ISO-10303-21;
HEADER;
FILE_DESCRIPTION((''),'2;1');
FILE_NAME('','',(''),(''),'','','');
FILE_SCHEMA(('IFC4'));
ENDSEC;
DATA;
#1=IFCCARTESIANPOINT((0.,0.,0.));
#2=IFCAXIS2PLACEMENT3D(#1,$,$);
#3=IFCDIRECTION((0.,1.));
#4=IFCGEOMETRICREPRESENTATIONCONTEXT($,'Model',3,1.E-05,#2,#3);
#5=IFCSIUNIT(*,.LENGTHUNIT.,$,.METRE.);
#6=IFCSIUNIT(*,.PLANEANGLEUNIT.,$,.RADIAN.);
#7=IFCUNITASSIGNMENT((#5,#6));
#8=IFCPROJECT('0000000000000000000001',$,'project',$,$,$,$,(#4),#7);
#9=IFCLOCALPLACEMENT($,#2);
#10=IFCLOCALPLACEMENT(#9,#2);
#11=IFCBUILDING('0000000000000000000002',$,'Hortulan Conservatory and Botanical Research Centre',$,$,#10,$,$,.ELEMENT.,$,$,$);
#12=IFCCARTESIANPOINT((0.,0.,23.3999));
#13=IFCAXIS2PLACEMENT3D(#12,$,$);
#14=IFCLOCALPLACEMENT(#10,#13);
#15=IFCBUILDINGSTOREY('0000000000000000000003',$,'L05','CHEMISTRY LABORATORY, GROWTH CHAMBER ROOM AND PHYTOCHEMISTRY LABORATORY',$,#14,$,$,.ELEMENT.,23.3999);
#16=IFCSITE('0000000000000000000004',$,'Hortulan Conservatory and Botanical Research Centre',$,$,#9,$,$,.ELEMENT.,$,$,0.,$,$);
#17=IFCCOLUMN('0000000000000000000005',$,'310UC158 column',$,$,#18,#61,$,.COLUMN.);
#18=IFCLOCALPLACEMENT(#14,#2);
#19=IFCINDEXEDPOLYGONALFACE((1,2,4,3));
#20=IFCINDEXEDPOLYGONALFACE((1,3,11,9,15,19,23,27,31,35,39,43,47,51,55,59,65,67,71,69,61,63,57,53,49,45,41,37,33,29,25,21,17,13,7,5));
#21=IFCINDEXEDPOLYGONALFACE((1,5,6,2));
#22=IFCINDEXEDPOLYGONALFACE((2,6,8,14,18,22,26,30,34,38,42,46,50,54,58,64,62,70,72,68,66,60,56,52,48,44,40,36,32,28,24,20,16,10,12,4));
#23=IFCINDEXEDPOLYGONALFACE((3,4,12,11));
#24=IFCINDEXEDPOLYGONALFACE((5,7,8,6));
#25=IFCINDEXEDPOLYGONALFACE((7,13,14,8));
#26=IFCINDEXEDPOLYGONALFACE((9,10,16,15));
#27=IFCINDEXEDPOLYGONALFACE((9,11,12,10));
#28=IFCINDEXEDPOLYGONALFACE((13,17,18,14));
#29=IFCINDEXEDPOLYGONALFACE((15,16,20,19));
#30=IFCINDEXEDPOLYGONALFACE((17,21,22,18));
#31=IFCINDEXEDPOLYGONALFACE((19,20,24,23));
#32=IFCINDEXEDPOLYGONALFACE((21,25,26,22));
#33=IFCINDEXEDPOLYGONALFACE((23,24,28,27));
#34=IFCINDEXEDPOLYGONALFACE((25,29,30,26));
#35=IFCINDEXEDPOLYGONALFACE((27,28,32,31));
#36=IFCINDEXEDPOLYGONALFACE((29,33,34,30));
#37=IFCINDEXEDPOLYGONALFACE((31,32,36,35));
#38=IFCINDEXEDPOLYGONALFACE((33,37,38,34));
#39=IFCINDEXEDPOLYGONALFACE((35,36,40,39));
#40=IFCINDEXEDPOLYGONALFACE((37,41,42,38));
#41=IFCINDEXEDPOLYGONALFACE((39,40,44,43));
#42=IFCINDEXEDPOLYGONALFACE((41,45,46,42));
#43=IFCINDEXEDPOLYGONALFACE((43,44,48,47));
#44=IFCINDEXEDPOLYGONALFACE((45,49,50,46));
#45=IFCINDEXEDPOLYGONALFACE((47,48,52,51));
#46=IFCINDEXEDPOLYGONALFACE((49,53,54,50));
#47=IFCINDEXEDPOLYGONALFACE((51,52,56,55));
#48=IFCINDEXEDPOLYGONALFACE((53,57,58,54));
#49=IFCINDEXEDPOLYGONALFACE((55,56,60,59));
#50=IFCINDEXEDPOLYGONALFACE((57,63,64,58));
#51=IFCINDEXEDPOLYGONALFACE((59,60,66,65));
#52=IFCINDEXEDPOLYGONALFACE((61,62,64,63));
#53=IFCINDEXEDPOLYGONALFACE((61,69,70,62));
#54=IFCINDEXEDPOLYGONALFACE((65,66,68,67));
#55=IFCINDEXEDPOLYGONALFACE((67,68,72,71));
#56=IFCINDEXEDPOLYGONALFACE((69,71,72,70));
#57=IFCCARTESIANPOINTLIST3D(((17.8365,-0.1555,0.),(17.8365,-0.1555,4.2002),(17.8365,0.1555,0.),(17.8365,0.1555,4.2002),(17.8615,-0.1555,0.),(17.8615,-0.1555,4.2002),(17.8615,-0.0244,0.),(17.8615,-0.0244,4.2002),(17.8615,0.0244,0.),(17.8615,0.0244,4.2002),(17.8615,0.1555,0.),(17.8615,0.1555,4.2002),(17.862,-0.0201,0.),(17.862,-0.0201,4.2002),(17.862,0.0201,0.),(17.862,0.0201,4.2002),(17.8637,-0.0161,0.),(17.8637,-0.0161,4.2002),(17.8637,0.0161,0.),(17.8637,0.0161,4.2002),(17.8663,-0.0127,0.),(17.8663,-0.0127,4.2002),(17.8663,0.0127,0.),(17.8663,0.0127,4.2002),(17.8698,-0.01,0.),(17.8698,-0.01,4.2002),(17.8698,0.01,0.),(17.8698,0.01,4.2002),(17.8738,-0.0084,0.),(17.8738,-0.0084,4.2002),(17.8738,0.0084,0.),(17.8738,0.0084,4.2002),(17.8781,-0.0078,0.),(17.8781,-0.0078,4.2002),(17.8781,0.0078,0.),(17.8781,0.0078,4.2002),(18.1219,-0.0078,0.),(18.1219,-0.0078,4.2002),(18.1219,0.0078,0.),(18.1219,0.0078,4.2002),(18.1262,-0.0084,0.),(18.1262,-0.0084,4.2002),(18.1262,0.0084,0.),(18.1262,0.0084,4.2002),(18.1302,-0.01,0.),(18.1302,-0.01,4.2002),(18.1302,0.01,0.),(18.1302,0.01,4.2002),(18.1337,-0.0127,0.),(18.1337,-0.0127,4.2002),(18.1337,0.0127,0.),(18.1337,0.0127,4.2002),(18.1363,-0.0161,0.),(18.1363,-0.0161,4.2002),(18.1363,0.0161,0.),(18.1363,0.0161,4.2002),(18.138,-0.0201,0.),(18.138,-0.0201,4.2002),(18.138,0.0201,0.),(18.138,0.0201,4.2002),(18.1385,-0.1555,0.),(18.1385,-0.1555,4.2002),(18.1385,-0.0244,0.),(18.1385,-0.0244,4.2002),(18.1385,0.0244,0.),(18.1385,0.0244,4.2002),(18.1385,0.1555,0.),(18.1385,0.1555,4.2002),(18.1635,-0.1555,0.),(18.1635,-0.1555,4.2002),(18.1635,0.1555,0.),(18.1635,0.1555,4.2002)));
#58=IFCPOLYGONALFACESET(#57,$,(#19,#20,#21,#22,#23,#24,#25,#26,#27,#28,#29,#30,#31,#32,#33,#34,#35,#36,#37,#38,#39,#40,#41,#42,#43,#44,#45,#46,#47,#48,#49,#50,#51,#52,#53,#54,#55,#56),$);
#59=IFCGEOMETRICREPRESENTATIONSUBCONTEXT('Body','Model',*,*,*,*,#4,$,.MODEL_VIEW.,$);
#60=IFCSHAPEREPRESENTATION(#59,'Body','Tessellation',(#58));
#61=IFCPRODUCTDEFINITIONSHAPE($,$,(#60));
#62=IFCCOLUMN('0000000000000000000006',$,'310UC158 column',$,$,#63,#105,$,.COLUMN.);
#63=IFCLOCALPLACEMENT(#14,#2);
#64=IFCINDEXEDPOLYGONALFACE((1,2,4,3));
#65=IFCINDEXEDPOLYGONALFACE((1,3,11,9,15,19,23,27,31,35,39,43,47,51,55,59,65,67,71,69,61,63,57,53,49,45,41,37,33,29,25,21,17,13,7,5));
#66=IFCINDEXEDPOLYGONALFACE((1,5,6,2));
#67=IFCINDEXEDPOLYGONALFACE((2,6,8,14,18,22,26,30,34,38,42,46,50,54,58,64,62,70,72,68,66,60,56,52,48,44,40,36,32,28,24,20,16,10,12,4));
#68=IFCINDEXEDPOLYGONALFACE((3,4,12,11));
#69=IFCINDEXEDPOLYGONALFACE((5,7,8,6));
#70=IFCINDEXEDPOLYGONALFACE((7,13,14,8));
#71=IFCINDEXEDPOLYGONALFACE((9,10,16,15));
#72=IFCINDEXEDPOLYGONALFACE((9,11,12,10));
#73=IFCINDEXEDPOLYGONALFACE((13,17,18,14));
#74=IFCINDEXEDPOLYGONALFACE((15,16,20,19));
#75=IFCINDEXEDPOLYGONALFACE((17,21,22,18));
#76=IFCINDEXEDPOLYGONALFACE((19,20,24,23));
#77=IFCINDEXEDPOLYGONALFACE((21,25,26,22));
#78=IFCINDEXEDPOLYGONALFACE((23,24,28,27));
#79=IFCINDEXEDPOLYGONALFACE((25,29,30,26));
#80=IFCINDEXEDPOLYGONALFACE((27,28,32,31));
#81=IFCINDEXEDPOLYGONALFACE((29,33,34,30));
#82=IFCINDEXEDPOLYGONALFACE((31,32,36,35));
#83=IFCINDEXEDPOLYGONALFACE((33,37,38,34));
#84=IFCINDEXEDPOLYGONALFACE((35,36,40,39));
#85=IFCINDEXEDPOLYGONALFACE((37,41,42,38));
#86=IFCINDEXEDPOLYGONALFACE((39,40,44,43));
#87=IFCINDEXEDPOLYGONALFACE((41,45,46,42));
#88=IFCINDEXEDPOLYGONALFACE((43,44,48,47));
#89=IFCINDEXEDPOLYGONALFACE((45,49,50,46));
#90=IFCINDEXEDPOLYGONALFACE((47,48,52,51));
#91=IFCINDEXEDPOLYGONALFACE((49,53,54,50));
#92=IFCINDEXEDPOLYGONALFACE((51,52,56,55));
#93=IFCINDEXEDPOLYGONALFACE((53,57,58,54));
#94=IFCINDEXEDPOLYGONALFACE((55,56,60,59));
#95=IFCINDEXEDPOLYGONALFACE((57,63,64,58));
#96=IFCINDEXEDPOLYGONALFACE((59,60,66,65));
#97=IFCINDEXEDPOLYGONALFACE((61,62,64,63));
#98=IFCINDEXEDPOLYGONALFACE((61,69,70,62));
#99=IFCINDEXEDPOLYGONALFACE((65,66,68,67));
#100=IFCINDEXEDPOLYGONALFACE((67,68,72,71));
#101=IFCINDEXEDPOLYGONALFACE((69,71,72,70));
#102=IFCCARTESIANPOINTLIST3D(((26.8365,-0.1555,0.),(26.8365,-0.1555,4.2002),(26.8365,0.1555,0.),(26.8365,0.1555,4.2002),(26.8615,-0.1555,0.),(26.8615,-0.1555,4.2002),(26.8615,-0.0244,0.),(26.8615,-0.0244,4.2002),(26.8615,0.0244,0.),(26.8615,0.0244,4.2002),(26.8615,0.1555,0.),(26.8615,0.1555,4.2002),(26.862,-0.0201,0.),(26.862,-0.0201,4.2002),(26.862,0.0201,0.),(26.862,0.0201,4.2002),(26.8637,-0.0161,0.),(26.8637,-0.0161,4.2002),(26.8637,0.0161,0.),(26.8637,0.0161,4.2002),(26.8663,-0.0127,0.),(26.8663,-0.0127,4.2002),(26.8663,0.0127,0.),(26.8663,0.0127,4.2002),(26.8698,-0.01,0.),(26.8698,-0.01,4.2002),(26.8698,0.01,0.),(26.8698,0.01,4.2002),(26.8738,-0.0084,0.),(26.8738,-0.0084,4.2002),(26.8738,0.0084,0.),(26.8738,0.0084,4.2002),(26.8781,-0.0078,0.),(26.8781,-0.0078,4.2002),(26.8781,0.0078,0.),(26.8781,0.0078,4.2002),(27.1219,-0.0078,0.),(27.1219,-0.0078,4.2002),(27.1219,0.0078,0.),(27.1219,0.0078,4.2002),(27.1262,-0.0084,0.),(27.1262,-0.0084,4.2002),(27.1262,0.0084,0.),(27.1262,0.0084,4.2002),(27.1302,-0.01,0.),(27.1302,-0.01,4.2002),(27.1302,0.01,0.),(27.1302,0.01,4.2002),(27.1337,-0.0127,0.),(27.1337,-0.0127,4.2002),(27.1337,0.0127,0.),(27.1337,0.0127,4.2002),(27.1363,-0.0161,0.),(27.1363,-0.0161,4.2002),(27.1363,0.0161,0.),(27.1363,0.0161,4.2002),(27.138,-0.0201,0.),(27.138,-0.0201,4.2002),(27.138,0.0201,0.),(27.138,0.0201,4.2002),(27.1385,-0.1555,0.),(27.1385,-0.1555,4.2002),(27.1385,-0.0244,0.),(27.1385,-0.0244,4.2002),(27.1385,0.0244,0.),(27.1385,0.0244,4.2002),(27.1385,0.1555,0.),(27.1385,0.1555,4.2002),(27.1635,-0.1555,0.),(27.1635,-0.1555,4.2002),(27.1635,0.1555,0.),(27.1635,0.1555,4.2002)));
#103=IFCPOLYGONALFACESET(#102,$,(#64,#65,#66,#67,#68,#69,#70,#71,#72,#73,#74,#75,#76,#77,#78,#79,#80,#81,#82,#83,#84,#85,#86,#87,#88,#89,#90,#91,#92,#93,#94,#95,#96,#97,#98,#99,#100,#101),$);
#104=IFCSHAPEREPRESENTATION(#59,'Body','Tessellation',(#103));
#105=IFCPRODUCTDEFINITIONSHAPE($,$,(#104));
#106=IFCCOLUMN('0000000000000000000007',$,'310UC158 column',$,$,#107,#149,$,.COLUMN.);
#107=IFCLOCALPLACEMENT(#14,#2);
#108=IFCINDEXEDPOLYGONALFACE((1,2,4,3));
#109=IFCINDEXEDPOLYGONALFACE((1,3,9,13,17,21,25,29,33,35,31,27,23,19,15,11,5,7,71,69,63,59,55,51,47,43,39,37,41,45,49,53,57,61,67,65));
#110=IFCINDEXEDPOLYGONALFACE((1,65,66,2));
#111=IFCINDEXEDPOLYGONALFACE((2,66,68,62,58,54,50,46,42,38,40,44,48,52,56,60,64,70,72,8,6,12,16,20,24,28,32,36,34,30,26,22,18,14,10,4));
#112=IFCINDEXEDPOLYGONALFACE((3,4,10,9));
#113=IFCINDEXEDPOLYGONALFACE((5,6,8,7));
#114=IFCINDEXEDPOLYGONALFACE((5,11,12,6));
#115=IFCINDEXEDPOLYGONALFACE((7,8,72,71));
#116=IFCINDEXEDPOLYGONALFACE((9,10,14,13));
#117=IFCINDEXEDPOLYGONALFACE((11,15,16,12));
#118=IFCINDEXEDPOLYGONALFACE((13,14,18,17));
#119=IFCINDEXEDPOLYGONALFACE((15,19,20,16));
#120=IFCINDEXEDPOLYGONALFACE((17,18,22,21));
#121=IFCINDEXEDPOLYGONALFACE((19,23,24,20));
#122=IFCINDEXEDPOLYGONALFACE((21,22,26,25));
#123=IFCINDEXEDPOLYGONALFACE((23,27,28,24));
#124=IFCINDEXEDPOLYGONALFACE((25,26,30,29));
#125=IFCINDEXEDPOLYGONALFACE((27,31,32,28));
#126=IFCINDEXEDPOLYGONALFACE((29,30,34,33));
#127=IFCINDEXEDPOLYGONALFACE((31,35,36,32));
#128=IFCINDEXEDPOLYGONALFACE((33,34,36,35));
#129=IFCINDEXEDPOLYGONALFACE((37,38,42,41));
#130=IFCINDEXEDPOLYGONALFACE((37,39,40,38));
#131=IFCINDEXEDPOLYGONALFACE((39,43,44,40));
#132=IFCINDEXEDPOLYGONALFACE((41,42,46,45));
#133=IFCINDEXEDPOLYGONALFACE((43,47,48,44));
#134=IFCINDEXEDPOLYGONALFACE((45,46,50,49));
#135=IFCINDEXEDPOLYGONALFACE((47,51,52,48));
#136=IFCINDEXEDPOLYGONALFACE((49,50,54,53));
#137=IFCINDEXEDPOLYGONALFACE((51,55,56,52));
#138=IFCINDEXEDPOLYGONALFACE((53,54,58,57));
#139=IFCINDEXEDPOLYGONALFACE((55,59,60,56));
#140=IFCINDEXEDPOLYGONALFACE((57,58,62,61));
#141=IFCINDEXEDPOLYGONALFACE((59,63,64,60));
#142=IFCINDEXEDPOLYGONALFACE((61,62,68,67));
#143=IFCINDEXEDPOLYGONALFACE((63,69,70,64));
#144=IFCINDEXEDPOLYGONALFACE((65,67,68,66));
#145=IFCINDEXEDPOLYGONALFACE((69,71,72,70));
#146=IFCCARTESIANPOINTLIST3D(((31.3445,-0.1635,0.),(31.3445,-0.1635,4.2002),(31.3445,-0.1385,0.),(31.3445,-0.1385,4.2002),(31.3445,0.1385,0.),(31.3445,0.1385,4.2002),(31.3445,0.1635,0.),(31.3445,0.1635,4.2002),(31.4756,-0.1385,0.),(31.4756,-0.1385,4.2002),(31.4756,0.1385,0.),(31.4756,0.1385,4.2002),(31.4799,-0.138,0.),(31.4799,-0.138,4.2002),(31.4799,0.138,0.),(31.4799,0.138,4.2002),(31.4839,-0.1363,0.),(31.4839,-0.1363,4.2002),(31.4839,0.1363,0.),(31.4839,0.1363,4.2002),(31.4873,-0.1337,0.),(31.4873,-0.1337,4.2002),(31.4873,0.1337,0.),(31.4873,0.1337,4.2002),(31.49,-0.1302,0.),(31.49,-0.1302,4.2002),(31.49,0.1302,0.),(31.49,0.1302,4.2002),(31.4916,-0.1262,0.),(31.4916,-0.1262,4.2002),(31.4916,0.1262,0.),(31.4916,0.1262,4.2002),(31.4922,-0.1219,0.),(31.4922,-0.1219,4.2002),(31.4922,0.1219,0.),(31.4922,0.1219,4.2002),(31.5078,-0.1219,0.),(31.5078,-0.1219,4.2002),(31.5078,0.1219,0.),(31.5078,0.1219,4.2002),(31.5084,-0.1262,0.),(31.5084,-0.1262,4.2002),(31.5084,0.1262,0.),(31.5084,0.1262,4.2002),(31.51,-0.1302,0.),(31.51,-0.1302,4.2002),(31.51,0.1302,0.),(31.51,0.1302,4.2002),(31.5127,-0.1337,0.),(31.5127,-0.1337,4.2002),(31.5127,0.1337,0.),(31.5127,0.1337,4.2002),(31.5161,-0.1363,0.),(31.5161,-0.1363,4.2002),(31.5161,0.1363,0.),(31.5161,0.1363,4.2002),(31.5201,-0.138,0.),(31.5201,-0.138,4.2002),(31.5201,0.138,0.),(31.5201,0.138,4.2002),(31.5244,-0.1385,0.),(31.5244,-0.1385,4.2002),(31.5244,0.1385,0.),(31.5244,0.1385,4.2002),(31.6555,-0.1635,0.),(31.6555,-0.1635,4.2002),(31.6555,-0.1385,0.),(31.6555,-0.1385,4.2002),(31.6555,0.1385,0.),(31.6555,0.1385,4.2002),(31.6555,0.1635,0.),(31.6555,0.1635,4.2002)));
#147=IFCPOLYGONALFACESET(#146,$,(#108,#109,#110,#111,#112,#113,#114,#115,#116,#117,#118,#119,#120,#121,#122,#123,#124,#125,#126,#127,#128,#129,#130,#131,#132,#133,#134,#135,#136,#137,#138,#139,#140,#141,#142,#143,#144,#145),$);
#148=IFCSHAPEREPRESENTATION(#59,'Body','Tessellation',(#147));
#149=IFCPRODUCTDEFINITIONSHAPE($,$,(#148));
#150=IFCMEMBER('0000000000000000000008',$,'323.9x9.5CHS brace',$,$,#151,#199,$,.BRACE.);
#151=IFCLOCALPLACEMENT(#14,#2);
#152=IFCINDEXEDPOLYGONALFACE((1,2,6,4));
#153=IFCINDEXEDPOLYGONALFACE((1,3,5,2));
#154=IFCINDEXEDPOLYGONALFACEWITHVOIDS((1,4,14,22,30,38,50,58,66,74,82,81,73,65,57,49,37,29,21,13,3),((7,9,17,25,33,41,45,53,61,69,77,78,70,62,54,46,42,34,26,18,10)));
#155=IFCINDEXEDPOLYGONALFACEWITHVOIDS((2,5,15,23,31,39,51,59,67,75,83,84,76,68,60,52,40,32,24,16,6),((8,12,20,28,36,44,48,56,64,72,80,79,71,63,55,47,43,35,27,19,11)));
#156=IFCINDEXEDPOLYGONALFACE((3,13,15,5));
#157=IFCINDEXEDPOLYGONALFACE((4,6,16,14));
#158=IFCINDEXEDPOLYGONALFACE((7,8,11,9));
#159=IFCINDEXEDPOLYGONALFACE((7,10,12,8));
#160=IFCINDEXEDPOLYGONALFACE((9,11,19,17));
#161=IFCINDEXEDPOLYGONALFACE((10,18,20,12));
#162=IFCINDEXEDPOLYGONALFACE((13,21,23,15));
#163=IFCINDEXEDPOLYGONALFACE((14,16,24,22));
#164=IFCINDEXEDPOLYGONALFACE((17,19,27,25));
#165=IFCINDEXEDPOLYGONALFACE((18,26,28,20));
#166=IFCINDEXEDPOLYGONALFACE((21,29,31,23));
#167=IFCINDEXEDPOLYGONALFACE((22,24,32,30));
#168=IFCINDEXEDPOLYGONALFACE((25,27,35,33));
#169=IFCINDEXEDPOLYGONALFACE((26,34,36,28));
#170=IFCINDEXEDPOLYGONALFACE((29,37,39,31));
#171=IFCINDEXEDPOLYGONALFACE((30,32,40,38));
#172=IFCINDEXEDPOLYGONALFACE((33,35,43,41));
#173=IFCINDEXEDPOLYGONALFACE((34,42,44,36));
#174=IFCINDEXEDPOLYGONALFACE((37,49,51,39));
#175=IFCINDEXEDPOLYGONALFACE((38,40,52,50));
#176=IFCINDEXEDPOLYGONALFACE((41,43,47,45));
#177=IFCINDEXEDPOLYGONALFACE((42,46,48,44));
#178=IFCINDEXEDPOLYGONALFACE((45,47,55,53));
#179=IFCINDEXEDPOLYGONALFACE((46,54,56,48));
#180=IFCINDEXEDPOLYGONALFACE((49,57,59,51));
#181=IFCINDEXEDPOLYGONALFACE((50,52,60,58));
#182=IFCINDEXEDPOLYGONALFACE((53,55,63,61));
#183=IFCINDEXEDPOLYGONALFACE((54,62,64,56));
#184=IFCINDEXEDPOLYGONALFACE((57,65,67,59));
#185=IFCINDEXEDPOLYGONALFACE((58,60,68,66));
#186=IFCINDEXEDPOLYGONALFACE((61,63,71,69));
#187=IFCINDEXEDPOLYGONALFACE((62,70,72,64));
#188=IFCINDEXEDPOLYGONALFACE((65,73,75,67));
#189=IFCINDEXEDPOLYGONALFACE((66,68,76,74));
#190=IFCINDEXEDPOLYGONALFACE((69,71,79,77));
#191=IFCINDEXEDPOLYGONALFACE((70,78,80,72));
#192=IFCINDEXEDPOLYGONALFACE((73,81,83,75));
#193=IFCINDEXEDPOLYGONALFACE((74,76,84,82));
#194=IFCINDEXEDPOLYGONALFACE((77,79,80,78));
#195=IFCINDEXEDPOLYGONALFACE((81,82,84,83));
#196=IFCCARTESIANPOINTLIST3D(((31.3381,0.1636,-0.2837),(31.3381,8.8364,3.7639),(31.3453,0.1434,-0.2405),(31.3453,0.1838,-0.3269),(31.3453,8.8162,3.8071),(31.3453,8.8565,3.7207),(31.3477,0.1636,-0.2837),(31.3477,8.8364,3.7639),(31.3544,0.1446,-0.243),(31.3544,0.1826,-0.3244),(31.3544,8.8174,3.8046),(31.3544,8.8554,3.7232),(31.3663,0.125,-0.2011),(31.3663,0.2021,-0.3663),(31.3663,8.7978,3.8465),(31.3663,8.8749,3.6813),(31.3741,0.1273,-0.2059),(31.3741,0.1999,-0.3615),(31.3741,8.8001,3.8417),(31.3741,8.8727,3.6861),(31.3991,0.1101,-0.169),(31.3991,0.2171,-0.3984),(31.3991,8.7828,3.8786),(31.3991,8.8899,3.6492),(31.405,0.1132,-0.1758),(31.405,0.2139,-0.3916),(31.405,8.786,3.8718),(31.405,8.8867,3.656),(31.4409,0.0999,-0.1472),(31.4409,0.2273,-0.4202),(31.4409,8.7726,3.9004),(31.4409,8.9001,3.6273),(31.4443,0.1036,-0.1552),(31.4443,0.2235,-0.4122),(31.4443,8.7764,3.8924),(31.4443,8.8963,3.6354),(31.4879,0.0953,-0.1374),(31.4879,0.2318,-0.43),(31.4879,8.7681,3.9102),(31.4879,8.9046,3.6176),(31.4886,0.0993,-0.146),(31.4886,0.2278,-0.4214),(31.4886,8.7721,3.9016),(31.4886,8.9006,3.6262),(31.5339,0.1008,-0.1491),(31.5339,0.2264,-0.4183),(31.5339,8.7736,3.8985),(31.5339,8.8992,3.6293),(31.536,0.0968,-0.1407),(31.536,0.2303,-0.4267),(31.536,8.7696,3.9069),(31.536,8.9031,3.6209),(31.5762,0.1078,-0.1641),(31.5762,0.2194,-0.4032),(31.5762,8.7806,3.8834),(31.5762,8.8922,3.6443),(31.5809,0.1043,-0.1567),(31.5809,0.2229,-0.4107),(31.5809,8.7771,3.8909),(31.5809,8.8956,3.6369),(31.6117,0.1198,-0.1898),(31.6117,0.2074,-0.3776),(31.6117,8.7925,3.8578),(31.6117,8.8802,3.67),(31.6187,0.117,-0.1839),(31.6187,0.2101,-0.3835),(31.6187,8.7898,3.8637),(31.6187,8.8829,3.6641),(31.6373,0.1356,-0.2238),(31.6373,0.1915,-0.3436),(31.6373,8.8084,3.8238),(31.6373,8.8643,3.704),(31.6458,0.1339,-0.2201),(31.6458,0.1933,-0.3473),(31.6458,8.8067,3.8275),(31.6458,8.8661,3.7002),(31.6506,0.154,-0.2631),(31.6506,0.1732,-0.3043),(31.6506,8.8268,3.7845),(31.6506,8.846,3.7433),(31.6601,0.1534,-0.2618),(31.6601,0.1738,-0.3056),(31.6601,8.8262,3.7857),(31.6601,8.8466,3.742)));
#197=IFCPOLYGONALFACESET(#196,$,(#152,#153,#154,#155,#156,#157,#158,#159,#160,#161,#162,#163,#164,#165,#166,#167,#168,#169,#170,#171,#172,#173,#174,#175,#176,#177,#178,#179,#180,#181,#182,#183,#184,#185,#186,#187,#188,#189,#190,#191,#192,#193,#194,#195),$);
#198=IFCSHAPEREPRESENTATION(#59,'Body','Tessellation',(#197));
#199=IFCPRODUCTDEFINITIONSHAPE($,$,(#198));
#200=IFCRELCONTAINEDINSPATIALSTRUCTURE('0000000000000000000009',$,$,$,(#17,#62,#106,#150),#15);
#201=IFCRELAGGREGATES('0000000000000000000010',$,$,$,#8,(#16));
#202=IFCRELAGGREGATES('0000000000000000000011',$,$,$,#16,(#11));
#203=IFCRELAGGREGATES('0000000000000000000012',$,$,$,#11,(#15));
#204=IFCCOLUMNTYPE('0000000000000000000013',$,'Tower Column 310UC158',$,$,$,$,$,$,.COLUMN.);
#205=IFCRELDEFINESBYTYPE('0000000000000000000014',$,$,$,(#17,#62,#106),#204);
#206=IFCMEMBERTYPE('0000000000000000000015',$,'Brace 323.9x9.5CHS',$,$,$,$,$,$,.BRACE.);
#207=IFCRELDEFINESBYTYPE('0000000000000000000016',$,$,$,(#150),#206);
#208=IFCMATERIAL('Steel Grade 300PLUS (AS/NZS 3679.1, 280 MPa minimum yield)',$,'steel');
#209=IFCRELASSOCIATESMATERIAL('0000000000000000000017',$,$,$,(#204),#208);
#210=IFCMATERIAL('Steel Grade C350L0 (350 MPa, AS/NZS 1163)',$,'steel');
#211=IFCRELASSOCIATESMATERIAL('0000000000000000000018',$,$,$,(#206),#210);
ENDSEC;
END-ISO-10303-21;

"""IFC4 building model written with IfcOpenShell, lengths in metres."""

from ifc_helpers import new_model, si_unit, direction, frame, origin, origin_2d, place, context, subcontext, project, spatial, hollow_circle, i_section, extrude, material, material_profile, profile_set, type_object, element, save


model = new_model("IFC4")

# Units and contexts
model_context = context("Model", 3, precision=1e-05, world=origin(), true_north=direction((0.0, 1.0)))
body_context = subcontext(model_context, "Body", "Model", "MODEL_VIEW")
ifc_project = project(units=[si_unit("LENGTHUNIT", "METRE"), si_unit("PLANEANGLEUNIT", "RADIAN")], contexts=[model_context])

# Site, building, storey
site_placement = place(None, origin())
site = spatial("IfcSite", under=ifc_project, at=site_placement, Name="Hortulan Conservatory and Botanical Research Centre", CompositionType="ELEMENT", RefElevation=0.0)
building_placement = place(site_placement, origin())
building = spatial("IfcBuilding", under=site, at=building_placement, Name="Hortulan Conservatory and Botanical Research Centre", CompositionType="ELEMENT")
storey_placement = place(building_placement, frame((0.0, 0.0, 23.3999)))
storey = spatial("IfcBuildingStorey", under=building, at=storey_placement, Name="L05", Description="CHEMISTRY LABORATORY, GROWTH CHAMBER ROOM AND PHYTOCHEMISTRY LABORATORY", CompositionType="ELEMENT", Elevation=23.3999)

# Columns
ifc_material_1 = material(Name="Steel Grade 300PLUS (AS/NZS 3679.1, 280 MPa minimum yield)", Category="steel")
ifc_material_profile_1 = material_profile(ifc_material_1, i_section(OverallWidth=0.311, OverallDepth=0.3269, WebThickness=0.0156, FlangeThickness=0.0249, FilletRadius=0.0166, at=origin_2d()), Name="310UC158")
ifc_profile_set_1 = profile_set([ifc_material_profile_1], Name="Steel Grade 300PLUS (AS/NZS 3679.1, 280 MPa minimum yield)")
column_type = type_object("IfcColumnType", Name="Tower Column 310UC158", PredefinedType="COLUMN", material=ifc_profile_set_1)
for number, where, z_axis, x_axis, name in (
    (1, (18.0, 0.0, 0.0), (0.0, 0.0, 1.0), (0.0, 1.0, 0.0), "310UC158 column"),
    (2, (27.0, 0.0, 0.0), (0.0, 0.0, 1.0), (0.0, 1.0, 0.0), "310UC158 column"),
    (3, (31.5, 0.0, 0.0), (0.0, 0.0, 1.0), (1.0, 0.0, 0.0), "310UC158 column"),
):
    element("IfcColumn", number, at=place(storey_placement, frame(where, z_axis=z_axis, x_axis=x_axis)), inside=storey, type_object=column_type, Name=name, PredefinedType="COLUMN", context=body_context, shape_type="SweptSolid", body=[
        extrude(i_section(OverallWidth=0.311, OverallDepth=0.3269, WebThickness=0.0156, FlangeThickness=0.0249, FilletRadius=0.0166, at=origin_2d()), origin(), (0.0, 0.0, 1.0), 4.2002),
    ])

# Member
ifc_material_2 = material(Name="Steel Grade C350L0 (350 MPa, AS/NZS 1163)", Category="steel")
ifc_material_profile_2 = material_profile(ifc_material_2, hollow_circle(Radius=0.1619, WallThickness=0.0095, at=origin_2d()), Name="323.9x9.5CHS")
ifc_profile_set_2 = profile_set([ifc_material_profile_2], Name="Steel Grade C350L0 (350 MPa, AS/NZS 1163)")
member_type = type_object("IfcMemberType", Name="Brace 323.9x9.5CHS", PredefinedType="BRACE", material=ifc_profile_set_2)
member_placement = place(storey_placement, frame((31.5, 0.1636, -0.2837), z_axis=(0.0, 0.906172, 0.422909), x_axis=(-1.0, 0.0, 0.0)))
element("IfcMember", 4, at=member_placement, inside=storey, type_object=member_type, Name="323.9x9.5CHS brace", PredefinedType="BRACE", context=body_context, shape_type="SweptSolid", body=[
    extrude(hollow_circle(Radius=0.1619, WallThickness=0.0095, at=origin_2d()), origin(), (0.0, 0.0, 1.0), 9.5708),
])

save(model, "model.ifc")
